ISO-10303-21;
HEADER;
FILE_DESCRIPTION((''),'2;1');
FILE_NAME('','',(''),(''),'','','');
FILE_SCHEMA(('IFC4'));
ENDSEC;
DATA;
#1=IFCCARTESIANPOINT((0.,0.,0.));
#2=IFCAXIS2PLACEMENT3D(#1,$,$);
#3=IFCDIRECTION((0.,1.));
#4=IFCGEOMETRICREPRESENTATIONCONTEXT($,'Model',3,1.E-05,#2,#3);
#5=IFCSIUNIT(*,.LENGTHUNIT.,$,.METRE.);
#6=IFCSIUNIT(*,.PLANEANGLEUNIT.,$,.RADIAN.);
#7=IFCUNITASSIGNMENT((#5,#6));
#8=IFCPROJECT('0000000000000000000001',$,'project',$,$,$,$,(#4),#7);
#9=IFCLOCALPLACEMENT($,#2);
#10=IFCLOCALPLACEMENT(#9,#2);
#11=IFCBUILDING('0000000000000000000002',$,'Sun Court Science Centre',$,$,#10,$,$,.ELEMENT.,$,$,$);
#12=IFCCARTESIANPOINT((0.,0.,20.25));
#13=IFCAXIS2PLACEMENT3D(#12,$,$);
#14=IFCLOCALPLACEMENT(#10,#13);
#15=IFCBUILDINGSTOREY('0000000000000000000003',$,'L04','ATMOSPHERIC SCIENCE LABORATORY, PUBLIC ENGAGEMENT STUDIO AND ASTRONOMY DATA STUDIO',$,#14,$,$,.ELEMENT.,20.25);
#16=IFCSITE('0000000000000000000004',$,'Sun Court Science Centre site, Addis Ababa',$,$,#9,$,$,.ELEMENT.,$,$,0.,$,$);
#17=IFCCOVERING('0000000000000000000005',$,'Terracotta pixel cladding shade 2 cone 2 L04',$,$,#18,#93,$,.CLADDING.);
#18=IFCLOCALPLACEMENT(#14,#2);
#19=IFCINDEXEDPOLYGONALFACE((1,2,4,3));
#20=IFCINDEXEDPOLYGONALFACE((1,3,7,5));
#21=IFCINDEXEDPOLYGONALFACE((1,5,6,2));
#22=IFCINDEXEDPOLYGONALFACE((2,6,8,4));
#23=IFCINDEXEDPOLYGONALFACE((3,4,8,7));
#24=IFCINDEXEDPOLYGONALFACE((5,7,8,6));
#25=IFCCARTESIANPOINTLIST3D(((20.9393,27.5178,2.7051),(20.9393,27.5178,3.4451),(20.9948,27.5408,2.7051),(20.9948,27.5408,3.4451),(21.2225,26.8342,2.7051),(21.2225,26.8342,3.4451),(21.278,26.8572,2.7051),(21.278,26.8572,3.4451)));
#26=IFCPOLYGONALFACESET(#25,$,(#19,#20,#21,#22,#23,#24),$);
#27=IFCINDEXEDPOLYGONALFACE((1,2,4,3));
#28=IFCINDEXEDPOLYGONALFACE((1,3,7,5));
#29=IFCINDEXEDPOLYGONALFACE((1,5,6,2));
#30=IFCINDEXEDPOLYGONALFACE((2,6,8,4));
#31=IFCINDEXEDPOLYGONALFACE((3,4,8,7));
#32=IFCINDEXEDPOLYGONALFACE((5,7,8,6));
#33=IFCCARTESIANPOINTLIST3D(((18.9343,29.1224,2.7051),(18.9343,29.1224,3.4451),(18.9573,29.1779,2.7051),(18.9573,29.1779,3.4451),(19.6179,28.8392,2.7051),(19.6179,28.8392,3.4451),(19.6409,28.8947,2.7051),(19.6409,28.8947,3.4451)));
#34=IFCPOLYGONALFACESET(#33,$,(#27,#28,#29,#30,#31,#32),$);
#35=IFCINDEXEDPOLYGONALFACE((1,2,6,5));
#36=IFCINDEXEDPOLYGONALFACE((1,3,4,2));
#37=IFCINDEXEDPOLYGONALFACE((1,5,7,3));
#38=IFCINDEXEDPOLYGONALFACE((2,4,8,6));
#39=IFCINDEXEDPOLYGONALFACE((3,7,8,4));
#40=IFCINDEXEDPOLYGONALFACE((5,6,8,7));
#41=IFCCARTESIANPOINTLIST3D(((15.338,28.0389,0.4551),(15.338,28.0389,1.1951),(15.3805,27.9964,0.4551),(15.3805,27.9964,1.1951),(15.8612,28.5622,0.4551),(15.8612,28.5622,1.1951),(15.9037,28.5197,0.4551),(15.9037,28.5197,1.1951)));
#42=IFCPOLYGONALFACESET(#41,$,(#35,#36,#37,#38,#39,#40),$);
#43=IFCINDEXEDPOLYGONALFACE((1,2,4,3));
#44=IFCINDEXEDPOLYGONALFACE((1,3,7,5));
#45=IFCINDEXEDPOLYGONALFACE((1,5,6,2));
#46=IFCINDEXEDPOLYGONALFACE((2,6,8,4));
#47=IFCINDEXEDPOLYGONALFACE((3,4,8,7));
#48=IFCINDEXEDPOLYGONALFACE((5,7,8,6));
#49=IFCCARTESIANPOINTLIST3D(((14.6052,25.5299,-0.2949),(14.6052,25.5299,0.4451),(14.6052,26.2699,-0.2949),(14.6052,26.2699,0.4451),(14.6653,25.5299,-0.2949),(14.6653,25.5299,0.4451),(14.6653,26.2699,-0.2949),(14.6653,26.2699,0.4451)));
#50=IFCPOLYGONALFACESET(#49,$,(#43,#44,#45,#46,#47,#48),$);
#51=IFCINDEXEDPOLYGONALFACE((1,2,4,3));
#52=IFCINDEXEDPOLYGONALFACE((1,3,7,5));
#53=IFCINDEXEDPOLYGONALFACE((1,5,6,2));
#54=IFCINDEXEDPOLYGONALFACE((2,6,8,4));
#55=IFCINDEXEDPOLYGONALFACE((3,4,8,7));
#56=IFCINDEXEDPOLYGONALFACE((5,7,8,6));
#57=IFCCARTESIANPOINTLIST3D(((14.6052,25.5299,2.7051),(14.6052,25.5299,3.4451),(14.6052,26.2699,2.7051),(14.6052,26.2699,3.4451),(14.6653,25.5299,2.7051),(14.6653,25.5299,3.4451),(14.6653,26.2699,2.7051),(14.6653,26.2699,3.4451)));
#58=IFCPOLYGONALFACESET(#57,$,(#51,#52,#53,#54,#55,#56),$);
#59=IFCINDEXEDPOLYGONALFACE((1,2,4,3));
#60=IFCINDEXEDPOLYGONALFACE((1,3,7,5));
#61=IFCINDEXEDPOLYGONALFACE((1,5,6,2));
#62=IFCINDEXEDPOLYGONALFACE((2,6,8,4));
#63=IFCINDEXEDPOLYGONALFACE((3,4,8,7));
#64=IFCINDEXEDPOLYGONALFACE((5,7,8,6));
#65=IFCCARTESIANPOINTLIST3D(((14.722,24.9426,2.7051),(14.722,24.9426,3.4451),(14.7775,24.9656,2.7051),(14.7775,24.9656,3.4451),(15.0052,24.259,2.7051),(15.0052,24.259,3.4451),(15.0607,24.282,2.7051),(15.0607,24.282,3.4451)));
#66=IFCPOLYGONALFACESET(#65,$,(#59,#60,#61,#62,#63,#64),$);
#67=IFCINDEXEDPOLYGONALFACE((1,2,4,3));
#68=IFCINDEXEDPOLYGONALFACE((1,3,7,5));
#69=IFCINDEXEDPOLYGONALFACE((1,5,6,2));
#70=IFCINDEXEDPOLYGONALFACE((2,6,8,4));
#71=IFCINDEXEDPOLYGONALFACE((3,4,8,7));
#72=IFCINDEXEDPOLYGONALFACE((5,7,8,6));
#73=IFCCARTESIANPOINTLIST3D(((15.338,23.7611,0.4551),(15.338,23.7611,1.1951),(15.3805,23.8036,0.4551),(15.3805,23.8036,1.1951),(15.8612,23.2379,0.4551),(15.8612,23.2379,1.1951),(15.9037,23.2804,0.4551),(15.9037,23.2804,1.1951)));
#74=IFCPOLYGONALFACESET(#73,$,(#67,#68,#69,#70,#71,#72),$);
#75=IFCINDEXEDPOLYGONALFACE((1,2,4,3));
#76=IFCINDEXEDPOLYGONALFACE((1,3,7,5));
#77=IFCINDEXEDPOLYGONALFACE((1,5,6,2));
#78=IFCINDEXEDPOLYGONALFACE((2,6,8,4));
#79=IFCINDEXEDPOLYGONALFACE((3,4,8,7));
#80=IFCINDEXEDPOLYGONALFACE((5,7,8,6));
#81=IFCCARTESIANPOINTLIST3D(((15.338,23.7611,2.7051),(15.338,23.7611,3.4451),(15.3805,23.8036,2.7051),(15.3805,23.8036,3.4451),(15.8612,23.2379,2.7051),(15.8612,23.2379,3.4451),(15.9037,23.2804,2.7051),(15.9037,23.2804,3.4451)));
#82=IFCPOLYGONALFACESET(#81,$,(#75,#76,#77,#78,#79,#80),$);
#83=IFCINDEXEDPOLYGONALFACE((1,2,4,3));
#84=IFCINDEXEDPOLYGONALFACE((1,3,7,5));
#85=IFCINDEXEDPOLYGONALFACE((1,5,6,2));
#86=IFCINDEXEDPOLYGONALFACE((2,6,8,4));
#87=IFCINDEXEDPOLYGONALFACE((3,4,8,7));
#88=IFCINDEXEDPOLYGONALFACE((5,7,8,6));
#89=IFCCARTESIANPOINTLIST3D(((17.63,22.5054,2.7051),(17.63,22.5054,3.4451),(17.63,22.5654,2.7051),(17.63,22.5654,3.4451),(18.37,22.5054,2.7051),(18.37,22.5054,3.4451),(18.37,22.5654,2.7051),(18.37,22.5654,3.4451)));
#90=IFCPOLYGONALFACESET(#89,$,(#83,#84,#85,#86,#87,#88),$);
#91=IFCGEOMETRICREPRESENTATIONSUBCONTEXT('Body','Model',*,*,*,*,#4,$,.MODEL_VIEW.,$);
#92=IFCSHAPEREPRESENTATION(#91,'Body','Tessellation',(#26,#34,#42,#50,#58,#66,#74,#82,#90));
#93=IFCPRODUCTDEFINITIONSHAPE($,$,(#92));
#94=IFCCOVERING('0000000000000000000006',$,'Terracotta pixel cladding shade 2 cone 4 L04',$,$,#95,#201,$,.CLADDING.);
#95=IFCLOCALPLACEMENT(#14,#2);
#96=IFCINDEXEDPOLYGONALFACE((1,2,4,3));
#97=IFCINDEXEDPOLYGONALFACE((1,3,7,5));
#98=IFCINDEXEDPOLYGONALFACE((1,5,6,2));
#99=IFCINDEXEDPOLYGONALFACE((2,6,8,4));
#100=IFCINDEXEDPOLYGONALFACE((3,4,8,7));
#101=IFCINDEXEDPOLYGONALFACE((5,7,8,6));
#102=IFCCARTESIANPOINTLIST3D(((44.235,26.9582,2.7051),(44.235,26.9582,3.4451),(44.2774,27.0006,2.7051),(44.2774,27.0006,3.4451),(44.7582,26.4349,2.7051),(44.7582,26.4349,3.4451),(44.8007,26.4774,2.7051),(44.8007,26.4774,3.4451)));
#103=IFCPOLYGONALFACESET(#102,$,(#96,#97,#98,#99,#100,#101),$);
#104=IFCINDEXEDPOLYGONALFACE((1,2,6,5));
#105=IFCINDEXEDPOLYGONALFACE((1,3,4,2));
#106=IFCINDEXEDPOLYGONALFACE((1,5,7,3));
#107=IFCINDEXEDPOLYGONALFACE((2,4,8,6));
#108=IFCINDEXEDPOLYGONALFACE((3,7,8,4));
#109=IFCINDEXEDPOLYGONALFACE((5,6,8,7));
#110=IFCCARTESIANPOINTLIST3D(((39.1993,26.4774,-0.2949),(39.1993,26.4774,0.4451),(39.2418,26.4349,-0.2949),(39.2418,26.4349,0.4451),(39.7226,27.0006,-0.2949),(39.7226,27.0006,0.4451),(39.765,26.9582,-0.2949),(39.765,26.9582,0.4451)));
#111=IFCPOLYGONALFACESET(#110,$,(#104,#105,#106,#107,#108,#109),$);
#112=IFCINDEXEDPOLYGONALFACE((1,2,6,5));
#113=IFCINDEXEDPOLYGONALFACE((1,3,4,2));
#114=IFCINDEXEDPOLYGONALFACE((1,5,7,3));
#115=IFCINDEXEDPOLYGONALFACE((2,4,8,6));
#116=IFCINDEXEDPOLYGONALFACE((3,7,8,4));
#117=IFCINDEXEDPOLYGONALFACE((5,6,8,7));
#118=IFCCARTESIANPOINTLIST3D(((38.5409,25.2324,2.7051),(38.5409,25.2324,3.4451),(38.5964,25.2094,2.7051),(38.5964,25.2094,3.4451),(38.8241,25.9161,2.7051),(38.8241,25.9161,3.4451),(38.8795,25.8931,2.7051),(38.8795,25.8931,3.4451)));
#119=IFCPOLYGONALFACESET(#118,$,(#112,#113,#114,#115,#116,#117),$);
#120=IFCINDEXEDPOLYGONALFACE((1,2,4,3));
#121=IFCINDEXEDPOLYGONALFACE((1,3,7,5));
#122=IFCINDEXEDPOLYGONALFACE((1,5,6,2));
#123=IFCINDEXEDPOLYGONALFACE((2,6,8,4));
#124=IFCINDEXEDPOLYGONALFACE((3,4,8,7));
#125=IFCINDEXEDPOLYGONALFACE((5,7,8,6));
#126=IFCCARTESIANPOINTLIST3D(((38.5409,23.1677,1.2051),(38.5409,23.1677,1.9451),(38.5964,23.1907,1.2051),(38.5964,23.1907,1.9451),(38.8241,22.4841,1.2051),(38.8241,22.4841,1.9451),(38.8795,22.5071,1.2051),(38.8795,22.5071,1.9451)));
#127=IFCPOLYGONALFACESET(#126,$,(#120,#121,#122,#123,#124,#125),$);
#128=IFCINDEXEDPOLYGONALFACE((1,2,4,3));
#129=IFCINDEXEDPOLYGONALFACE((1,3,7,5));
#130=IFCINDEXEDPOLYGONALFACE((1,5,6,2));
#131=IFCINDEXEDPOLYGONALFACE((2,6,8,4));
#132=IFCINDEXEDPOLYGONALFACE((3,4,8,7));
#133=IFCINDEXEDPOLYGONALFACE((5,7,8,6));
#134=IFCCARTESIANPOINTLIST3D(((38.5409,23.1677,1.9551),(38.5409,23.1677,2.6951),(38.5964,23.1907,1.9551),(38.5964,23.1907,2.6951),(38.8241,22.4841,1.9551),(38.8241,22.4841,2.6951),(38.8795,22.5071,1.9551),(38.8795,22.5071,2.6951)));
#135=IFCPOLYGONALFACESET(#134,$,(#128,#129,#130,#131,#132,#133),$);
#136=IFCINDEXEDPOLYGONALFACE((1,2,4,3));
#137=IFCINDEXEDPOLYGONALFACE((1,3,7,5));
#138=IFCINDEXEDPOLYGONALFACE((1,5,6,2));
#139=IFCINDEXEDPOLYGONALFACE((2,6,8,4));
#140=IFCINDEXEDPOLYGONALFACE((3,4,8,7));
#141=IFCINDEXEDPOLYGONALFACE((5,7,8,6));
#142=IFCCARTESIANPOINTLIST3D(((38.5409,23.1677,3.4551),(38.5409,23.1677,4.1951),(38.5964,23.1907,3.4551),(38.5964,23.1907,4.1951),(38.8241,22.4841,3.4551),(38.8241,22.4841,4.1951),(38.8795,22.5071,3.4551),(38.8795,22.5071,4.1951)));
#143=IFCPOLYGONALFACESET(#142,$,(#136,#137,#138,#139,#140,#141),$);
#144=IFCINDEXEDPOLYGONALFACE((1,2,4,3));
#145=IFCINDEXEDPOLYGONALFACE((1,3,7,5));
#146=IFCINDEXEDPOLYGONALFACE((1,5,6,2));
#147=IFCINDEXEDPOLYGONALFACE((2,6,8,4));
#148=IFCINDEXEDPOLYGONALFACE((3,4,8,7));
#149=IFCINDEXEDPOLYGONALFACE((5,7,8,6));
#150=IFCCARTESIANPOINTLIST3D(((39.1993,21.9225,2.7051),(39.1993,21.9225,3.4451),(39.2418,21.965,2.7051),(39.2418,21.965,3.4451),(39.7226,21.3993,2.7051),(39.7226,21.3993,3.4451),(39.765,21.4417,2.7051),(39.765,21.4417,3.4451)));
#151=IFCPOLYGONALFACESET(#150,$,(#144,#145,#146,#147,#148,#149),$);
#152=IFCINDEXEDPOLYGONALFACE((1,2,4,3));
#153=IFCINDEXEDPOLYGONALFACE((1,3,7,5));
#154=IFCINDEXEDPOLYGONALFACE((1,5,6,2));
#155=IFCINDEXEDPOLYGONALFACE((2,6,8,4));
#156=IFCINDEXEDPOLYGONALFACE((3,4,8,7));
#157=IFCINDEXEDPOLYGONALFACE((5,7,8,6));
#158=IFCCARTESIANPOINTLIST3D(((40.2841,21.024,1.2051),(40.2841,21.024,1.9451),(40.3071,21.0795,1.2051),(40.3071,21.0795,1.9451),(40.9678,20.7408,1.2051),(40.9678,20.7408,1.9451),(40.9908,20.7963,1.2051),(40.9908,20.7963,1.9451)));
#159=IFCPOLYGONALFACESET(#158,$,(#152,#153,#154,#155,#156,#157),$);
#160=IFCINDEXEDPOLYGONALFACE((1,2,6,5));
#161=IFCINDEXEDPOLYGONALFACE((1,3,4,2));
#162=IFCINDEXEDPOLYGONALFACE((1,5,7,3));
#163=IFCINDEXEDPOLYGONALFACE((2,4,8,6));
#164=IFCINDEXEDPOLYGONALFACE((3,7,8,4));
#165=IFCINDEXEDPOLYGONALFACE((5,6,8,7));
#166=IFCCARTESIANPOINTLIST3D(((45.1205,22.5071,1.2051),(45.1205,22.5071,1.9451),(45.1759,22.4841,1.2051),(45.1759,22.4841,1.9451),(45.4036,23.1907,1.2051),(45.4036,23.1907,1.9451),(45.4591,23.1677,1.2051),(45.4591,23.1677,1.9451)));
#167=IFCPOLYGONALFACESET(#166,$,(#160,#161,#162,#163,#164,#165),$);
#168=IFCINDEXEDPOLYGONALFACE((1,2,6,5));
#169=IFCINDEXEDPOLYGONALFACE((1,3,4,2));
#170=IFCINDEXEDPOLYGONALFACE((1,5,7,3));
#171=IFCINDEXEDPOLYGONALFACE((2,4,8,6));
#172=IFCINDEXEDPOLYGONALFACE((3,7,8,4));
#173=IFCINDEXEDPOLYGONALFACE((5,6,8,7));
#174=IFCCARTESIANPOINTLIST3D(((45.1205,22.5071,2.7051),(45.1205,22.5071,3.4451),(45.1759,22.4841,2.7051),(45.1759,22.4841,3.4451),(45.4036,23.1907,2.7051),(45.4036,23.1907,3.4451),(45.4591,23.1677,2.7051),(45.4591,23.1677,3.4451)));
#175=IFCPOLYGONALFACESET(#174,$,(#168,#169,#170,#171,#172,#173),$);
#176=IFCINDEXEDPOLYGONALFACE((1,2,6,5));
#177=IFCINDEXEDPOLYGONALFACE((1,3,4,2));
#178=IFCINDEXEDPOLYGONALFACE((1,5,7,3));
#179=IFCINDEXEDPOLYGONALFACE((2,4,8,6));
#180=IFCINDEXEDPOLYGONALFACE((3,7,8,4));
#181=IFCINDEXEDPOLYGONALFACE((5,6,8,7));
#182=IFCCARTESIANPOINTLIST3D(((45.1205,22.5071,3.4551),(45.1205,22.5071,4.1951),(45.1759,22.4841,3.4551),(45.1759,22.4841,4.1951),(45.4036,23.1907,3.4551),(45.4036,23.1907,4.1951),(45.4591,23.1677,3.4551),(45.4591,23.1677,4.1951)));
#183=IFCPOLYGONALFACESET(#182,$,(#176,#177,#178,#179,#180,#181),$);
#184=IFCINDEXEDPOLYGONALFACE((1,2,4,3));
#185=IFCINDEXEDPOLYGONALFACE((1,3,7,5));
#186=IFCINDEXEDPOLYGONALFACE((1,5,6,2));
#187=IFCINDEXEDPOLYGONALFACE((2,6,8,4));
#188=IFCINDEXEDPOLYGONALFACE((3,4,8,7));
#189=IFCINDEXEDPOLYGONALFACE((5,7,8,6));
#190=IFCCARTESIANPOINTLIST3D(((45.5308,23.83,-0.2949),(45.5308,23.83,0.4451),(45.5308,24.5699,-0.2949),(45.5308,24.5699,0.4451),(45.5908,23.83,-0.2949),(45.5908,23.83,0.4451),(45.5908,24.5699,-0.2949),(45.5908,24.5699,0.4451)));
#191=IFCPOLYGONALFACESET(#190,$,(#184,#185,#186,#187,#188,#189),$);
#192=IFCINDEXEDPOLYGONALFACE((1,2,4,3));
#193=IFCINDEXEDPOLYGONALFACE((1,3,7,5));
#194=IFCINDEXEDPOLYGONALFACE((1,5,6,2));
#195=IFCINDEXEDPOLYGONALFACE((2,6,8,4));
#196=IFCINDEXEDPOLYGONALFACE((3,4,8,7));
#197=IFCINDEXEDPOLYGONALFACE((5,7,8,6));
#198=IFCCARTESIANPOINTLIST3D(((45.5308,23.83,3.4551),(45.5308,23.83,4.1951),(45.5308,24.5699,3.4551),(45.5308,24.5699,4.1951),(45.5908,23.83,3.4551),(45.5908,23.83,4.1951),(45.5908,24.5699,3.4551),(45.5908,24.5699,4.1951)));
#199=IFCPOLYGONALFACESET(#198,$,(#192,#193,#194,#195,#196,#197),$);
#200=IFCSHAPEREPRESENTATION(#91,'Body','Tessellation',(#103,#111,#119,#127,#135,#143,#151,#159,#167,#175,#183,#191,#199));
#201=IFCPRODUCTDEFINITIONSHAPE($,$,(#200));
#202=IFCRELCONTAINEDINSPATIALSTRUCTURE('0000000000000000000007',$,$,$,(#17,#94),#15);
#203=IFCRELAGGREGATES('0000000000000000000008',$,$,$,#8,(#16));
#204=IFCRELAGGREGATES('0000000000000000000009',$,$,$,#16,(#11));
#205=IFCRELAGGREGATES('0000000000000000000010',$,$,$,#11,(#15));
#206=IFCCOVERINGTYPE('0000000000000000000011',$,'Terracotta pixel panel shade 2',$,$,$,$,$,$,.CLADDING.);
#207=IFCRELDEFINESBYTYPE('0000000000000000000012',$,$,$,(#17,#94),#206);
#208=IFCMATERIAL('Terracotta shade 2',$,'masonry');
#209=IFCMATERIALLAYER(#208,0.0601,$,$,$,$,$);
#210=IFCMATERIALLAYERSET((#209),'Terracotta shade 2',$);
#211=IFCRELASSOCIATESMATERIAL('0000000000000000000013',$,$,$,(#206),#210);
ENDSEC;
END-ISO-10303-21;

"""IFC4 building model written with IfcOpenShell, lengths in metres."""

from ifc_helpers import new_model, si_unit, direction, frame, origin, origin_2d, place, context, subcontext, project, spatial, rectangle, extrude, material, layer, layer_set, type_object, element, save


model = new_model("IFC4")

# Units and contexts
model_context = context("Model", 3, precision=1e-05, world=origin(), true_north=direction((0.0, 1.0)))
body_context = subcontext(model_context, "Body", "Model", "MODEL_VIEW")
ifc_project = project(units=[si_unit("LENGTHUNIT", "METRE"), si_unit("PLANEANGLEUNIT", "RADIAN")], contexts=[model_context])

# Site, building, storey
site_placement = place(None, origin())
site = spatial("IfcSite", under=ifc_project, at=site_placement, Name="Sun Court Science Centre site, Addis Ababa", CompositionType="ELEMENT", RefElevation=0.0)
building_placement = place(site_placement, origin())
building = spatial("IfcBuilding", under=site, at=building_placement, Name="Sun Court Science Centre", CompositionType="ELEMENT")
storey_placement = place(building_placement, frame((0.0, 0.0, 20.25)))
storey = spatial("IfcBuildingStorey", under=building, at=storey_placement, Name="L04", Description="ATMOSPHERIC SCIENCE LABORATORY, PUBLIC ENGAGEMENT STUDIO AND ASTRONOMY DATA STUDIO", CompositionType="ELEMENT", Elevation=20.25)

# Coverings
ifc_material_1 = material(Name="Terracotta shade 2", Category="masonry")
ifc_layer_1 = layer(ifc_material_1, 0.0601)
ifc_layer_set_1 = layer_set([ifc_layer_1], Name="Terracotta shade 2")
covering_type_1 = type_object("IfcCoveringType", Name="Terracotta pixel panel shade 2", PredefinedType="CLADDING", material=ifc_layer_set_1)
covering_1_placement = place(storey_placement, frame((0.0, 0.0, -20.25)))
element("IfcCovering", 1, at=covering_1_placement, inside=storey, type_object=covering_type_1, Name="Terracotta pixel cladding shade 2 cone 2 L04", PredefinedType="CLADDING", context=body_context, shape_type="SweptSolid", body=[
    extrude(rectangle(XDim=0.74, YDim=0.0601, at=origin_2d()), frame((21.1086, 27.1875, 22.9551), z_axis=(0.0, 0.0, 1.0), x_axis=(0.382683, -0.92388, 0.0)), (0.0, 0.0, 1.0), 0.74),
    extrude(rectangle(XDim=0.74, YDim=0.0601, at=origin_2d()), frame((19.2876, 29.0085, 22.9551), z_axis=(0.0, 0.0, 1.0), x_axis=(0.92388, -0.382683, 0.0)), (0.0, 0.0, 1.0), 0.74),
    extrude(rectangle(XDim=0.74, YDim=0.0601, at=origin_2d()), frame((15.6208, 28.2793, 20.7051), z_axis=(0.0, 0.0, 1.0), x_axis=(0.707107, 0.707107, 0.0)), (0.0, 0.0, 1.0), 0.74),
    extrude(rectangle(XDim=0.74, YDim=0.0601, at=origin_2d()), frame((14.6353, 25.8999, 19.9551), z_axis=(0.0, 0.0, 1.0), x_axis=(0.0, 1.0, 0.0)), (0.0, 0.0, 1.0), 0.74),
    extrude(rectangle(XDim=0.74, YDim=0.0601, at=origin_2d()), frame((14.6353, 25.8999, 22.9551), z_axis=(0.0, 0.0, 1.0), x_axis=(0.0, 1.0, 0.0)), (0.0, 0.0, 1.0), 0.74),
    extrude(rectangle(XDim=0.74, YDim=0.0601, at=origin_2d()), frame((14.8914, 24.6123, 22.9551), z_axis=(0.0, 0.0, 1.0), x_axis=(-0.382683, 0.92388, 0.0)), (0.0, 0.0, 1.0), 0.74),
    extrude(rectangle(XDim=0.74, YDim=0.0601, at=origin_2d()), frame((15.6208, 23.5208, 20.7051), z_axis=(0.0, 0.0, 1.0), x_axis=(-0.707107, 0.707107, 0.0)), (0.0, 0.0, 1.0), 0.74),
    extrude(rectangle(XDim=0.74, YDim=0.0601, at=origin_2d()), frame((15.6208, 23.5208, 22.9551), z_axis=(0.0, 0.0, 1.0), x_axis=(-0.707107, 0.707107, 0.0)), (0.0, 0.0, 1.0), 0.74),
    extrude(rectangle(XDim=0.74, YDim=0.0601, at=origin_2d()), frame((18.0, 22.5354, 22.9551), z_axis=(0.0, 0.0, 1.0), x_axis=(-1.0, 0.0, 0.0)), (0.0, 0.0, 1.0), 0.74),
])
covering_2_placement = place(storey_placement, frame((0.0, 0.0, -20.25)))
element("IfcCovering", 2, at=covering_2_placement, inside=storey, type_object=covering_type_1, Name="Terracotta pixel cladding shade 2 cone 4 L04", PredefinedType="CLADDING", context=body_context, shape_type="SweptSolid", body=[
    extrude(rectangle(XDim=0.74, YDim=0.0601, at=origin_2d()), frame((44.5178, 26.7178, 22.9551), z_axis=(0.0, 0.0, 1.0), x_axis=(0.707107, -0.707107, 0.0)), (0.0, 0.0, 1.0), 0.74),
    extrude(rectangle(XDim=0.74, YDim=0.0601, at=origin_2d()), frame((39.4822, 26.7178, 19.9551), z_axis=(0.0, 0.0, 1.0), x_axis=(0.707107, 0.707107, 0.0)), (0.0, 0.0, 1.0), 0.74),
    extrude(rectangle(XDim=0.74, YDim=0.0601, at=origin_2d()), frame((38.7102, 25.5627, 22.9551), z_axis=(0.0, 0.0, 1.0), x_axis=(0.382683, 0.92388, 0.0)), (0.0, 0.0, 1.0), 0.74),
    extrude(rectangle(XDim=0.74, YDim=0.0601, at=origin_2d()), frame((38.7102, 22.8374, 21.4551), z_axis=(0.0, 0.0, 1.0), x_axis=(-0.382683, 0.92388, 0.0)), (0.0, 0.0, 1.0), 0.74),
    extrude(rectangle(XDim=0.74, YDim=0.0601, at=origin_2d()), frame((38.7102, 22.8374, 22.2051), z_axis=(0.0, 0.0, 1.0), x_axis=(-0.382683, 0.92388, 0.0)), (0.0, 0.0, 1.0), 0.74),
    extrude(rectangle(XDim=0.74, YDim=0.0601, at=origin_2d()), frame((38.7102, 22.8374, 23.7051), z_axis=(0.0, 0.0, 1.0), x_axis=(-0.382683, 0.92388, 0.0)), (0.0, 0.0, 1.0), 0.74),
    extrude(rectangle(XDim=0.74, YDim=0.0601, at=origin_2d()), frame((39.4822, 21.6821, 22.9551), z_axis=(0.0, 0.0, 1.0), x_axis=(-0.707107, 0.707107, 0.0)), (0.0, 0.0, 1.0), 0.74),
    extrude(rectangle(XDim=0.74, YDim=0.0601, at=origin_2d()), frame((40.6375, 20.9102, 21.4551), z_axis=(0.0, 0.0, 1.0), x_axis=(-0.92388, 0.382683, 0.0)), (0.0, 0.0, 1.0), 0.74),
    extrude(rectangle(XDim=0.74, YDim=0.0601, at=origin_2d()), frame((45.2898, 22.8374, 21.4551), z_axis=(0.0, 0.0, 1.0), x_axis=(-0.382683, -0.92388, 0.0)), (0.0, 0.0, 1.0), 0.74),
    extrude(rectangle(XDim=0.74, YDim=0.0601, at=origin_2d()), frame((45.2898, 22.8374, 22.9551), z_axis=(0.0, 0.0, 1.0), x_axis=(-0.382683, -0.92388, 0.0)), (0.0, 0.0, 1.0), 0.74),
    extrude(rectangle(XDim=0.74, YDim=0.0601, at=origin_2d()), frame((45.2898, 22.8374, 23.7051), z_axis=(0.0, 0.0, 1.0), x_axis=(-0.382683, -0.92388, 0.0)), (0.0, 0.0, 1.0), 0.74),
    extrude(rectangle(XDim=0.74, YDim=0.0601, at=origin_2d()), frame((45.5608, 24.2, 19.9551), z_axis=(0.0, 0.0, 1.0), x_axis=(0.0, -1.0, 0.0)), (0.0, 0.0, 1.0), 0.74),
    extrude(rectangle(XDim=0.74, YDim=0.0601, at=origin_2d()), frame((45.5608, 24.2, 23.7051), z_axis=(0.0, 0.0, 1.0), x_axis=(0.0, -1.0, 0.0)), (0.0, 0.0, 1.0), 0.74),
])

save(model, "model.ifc")
